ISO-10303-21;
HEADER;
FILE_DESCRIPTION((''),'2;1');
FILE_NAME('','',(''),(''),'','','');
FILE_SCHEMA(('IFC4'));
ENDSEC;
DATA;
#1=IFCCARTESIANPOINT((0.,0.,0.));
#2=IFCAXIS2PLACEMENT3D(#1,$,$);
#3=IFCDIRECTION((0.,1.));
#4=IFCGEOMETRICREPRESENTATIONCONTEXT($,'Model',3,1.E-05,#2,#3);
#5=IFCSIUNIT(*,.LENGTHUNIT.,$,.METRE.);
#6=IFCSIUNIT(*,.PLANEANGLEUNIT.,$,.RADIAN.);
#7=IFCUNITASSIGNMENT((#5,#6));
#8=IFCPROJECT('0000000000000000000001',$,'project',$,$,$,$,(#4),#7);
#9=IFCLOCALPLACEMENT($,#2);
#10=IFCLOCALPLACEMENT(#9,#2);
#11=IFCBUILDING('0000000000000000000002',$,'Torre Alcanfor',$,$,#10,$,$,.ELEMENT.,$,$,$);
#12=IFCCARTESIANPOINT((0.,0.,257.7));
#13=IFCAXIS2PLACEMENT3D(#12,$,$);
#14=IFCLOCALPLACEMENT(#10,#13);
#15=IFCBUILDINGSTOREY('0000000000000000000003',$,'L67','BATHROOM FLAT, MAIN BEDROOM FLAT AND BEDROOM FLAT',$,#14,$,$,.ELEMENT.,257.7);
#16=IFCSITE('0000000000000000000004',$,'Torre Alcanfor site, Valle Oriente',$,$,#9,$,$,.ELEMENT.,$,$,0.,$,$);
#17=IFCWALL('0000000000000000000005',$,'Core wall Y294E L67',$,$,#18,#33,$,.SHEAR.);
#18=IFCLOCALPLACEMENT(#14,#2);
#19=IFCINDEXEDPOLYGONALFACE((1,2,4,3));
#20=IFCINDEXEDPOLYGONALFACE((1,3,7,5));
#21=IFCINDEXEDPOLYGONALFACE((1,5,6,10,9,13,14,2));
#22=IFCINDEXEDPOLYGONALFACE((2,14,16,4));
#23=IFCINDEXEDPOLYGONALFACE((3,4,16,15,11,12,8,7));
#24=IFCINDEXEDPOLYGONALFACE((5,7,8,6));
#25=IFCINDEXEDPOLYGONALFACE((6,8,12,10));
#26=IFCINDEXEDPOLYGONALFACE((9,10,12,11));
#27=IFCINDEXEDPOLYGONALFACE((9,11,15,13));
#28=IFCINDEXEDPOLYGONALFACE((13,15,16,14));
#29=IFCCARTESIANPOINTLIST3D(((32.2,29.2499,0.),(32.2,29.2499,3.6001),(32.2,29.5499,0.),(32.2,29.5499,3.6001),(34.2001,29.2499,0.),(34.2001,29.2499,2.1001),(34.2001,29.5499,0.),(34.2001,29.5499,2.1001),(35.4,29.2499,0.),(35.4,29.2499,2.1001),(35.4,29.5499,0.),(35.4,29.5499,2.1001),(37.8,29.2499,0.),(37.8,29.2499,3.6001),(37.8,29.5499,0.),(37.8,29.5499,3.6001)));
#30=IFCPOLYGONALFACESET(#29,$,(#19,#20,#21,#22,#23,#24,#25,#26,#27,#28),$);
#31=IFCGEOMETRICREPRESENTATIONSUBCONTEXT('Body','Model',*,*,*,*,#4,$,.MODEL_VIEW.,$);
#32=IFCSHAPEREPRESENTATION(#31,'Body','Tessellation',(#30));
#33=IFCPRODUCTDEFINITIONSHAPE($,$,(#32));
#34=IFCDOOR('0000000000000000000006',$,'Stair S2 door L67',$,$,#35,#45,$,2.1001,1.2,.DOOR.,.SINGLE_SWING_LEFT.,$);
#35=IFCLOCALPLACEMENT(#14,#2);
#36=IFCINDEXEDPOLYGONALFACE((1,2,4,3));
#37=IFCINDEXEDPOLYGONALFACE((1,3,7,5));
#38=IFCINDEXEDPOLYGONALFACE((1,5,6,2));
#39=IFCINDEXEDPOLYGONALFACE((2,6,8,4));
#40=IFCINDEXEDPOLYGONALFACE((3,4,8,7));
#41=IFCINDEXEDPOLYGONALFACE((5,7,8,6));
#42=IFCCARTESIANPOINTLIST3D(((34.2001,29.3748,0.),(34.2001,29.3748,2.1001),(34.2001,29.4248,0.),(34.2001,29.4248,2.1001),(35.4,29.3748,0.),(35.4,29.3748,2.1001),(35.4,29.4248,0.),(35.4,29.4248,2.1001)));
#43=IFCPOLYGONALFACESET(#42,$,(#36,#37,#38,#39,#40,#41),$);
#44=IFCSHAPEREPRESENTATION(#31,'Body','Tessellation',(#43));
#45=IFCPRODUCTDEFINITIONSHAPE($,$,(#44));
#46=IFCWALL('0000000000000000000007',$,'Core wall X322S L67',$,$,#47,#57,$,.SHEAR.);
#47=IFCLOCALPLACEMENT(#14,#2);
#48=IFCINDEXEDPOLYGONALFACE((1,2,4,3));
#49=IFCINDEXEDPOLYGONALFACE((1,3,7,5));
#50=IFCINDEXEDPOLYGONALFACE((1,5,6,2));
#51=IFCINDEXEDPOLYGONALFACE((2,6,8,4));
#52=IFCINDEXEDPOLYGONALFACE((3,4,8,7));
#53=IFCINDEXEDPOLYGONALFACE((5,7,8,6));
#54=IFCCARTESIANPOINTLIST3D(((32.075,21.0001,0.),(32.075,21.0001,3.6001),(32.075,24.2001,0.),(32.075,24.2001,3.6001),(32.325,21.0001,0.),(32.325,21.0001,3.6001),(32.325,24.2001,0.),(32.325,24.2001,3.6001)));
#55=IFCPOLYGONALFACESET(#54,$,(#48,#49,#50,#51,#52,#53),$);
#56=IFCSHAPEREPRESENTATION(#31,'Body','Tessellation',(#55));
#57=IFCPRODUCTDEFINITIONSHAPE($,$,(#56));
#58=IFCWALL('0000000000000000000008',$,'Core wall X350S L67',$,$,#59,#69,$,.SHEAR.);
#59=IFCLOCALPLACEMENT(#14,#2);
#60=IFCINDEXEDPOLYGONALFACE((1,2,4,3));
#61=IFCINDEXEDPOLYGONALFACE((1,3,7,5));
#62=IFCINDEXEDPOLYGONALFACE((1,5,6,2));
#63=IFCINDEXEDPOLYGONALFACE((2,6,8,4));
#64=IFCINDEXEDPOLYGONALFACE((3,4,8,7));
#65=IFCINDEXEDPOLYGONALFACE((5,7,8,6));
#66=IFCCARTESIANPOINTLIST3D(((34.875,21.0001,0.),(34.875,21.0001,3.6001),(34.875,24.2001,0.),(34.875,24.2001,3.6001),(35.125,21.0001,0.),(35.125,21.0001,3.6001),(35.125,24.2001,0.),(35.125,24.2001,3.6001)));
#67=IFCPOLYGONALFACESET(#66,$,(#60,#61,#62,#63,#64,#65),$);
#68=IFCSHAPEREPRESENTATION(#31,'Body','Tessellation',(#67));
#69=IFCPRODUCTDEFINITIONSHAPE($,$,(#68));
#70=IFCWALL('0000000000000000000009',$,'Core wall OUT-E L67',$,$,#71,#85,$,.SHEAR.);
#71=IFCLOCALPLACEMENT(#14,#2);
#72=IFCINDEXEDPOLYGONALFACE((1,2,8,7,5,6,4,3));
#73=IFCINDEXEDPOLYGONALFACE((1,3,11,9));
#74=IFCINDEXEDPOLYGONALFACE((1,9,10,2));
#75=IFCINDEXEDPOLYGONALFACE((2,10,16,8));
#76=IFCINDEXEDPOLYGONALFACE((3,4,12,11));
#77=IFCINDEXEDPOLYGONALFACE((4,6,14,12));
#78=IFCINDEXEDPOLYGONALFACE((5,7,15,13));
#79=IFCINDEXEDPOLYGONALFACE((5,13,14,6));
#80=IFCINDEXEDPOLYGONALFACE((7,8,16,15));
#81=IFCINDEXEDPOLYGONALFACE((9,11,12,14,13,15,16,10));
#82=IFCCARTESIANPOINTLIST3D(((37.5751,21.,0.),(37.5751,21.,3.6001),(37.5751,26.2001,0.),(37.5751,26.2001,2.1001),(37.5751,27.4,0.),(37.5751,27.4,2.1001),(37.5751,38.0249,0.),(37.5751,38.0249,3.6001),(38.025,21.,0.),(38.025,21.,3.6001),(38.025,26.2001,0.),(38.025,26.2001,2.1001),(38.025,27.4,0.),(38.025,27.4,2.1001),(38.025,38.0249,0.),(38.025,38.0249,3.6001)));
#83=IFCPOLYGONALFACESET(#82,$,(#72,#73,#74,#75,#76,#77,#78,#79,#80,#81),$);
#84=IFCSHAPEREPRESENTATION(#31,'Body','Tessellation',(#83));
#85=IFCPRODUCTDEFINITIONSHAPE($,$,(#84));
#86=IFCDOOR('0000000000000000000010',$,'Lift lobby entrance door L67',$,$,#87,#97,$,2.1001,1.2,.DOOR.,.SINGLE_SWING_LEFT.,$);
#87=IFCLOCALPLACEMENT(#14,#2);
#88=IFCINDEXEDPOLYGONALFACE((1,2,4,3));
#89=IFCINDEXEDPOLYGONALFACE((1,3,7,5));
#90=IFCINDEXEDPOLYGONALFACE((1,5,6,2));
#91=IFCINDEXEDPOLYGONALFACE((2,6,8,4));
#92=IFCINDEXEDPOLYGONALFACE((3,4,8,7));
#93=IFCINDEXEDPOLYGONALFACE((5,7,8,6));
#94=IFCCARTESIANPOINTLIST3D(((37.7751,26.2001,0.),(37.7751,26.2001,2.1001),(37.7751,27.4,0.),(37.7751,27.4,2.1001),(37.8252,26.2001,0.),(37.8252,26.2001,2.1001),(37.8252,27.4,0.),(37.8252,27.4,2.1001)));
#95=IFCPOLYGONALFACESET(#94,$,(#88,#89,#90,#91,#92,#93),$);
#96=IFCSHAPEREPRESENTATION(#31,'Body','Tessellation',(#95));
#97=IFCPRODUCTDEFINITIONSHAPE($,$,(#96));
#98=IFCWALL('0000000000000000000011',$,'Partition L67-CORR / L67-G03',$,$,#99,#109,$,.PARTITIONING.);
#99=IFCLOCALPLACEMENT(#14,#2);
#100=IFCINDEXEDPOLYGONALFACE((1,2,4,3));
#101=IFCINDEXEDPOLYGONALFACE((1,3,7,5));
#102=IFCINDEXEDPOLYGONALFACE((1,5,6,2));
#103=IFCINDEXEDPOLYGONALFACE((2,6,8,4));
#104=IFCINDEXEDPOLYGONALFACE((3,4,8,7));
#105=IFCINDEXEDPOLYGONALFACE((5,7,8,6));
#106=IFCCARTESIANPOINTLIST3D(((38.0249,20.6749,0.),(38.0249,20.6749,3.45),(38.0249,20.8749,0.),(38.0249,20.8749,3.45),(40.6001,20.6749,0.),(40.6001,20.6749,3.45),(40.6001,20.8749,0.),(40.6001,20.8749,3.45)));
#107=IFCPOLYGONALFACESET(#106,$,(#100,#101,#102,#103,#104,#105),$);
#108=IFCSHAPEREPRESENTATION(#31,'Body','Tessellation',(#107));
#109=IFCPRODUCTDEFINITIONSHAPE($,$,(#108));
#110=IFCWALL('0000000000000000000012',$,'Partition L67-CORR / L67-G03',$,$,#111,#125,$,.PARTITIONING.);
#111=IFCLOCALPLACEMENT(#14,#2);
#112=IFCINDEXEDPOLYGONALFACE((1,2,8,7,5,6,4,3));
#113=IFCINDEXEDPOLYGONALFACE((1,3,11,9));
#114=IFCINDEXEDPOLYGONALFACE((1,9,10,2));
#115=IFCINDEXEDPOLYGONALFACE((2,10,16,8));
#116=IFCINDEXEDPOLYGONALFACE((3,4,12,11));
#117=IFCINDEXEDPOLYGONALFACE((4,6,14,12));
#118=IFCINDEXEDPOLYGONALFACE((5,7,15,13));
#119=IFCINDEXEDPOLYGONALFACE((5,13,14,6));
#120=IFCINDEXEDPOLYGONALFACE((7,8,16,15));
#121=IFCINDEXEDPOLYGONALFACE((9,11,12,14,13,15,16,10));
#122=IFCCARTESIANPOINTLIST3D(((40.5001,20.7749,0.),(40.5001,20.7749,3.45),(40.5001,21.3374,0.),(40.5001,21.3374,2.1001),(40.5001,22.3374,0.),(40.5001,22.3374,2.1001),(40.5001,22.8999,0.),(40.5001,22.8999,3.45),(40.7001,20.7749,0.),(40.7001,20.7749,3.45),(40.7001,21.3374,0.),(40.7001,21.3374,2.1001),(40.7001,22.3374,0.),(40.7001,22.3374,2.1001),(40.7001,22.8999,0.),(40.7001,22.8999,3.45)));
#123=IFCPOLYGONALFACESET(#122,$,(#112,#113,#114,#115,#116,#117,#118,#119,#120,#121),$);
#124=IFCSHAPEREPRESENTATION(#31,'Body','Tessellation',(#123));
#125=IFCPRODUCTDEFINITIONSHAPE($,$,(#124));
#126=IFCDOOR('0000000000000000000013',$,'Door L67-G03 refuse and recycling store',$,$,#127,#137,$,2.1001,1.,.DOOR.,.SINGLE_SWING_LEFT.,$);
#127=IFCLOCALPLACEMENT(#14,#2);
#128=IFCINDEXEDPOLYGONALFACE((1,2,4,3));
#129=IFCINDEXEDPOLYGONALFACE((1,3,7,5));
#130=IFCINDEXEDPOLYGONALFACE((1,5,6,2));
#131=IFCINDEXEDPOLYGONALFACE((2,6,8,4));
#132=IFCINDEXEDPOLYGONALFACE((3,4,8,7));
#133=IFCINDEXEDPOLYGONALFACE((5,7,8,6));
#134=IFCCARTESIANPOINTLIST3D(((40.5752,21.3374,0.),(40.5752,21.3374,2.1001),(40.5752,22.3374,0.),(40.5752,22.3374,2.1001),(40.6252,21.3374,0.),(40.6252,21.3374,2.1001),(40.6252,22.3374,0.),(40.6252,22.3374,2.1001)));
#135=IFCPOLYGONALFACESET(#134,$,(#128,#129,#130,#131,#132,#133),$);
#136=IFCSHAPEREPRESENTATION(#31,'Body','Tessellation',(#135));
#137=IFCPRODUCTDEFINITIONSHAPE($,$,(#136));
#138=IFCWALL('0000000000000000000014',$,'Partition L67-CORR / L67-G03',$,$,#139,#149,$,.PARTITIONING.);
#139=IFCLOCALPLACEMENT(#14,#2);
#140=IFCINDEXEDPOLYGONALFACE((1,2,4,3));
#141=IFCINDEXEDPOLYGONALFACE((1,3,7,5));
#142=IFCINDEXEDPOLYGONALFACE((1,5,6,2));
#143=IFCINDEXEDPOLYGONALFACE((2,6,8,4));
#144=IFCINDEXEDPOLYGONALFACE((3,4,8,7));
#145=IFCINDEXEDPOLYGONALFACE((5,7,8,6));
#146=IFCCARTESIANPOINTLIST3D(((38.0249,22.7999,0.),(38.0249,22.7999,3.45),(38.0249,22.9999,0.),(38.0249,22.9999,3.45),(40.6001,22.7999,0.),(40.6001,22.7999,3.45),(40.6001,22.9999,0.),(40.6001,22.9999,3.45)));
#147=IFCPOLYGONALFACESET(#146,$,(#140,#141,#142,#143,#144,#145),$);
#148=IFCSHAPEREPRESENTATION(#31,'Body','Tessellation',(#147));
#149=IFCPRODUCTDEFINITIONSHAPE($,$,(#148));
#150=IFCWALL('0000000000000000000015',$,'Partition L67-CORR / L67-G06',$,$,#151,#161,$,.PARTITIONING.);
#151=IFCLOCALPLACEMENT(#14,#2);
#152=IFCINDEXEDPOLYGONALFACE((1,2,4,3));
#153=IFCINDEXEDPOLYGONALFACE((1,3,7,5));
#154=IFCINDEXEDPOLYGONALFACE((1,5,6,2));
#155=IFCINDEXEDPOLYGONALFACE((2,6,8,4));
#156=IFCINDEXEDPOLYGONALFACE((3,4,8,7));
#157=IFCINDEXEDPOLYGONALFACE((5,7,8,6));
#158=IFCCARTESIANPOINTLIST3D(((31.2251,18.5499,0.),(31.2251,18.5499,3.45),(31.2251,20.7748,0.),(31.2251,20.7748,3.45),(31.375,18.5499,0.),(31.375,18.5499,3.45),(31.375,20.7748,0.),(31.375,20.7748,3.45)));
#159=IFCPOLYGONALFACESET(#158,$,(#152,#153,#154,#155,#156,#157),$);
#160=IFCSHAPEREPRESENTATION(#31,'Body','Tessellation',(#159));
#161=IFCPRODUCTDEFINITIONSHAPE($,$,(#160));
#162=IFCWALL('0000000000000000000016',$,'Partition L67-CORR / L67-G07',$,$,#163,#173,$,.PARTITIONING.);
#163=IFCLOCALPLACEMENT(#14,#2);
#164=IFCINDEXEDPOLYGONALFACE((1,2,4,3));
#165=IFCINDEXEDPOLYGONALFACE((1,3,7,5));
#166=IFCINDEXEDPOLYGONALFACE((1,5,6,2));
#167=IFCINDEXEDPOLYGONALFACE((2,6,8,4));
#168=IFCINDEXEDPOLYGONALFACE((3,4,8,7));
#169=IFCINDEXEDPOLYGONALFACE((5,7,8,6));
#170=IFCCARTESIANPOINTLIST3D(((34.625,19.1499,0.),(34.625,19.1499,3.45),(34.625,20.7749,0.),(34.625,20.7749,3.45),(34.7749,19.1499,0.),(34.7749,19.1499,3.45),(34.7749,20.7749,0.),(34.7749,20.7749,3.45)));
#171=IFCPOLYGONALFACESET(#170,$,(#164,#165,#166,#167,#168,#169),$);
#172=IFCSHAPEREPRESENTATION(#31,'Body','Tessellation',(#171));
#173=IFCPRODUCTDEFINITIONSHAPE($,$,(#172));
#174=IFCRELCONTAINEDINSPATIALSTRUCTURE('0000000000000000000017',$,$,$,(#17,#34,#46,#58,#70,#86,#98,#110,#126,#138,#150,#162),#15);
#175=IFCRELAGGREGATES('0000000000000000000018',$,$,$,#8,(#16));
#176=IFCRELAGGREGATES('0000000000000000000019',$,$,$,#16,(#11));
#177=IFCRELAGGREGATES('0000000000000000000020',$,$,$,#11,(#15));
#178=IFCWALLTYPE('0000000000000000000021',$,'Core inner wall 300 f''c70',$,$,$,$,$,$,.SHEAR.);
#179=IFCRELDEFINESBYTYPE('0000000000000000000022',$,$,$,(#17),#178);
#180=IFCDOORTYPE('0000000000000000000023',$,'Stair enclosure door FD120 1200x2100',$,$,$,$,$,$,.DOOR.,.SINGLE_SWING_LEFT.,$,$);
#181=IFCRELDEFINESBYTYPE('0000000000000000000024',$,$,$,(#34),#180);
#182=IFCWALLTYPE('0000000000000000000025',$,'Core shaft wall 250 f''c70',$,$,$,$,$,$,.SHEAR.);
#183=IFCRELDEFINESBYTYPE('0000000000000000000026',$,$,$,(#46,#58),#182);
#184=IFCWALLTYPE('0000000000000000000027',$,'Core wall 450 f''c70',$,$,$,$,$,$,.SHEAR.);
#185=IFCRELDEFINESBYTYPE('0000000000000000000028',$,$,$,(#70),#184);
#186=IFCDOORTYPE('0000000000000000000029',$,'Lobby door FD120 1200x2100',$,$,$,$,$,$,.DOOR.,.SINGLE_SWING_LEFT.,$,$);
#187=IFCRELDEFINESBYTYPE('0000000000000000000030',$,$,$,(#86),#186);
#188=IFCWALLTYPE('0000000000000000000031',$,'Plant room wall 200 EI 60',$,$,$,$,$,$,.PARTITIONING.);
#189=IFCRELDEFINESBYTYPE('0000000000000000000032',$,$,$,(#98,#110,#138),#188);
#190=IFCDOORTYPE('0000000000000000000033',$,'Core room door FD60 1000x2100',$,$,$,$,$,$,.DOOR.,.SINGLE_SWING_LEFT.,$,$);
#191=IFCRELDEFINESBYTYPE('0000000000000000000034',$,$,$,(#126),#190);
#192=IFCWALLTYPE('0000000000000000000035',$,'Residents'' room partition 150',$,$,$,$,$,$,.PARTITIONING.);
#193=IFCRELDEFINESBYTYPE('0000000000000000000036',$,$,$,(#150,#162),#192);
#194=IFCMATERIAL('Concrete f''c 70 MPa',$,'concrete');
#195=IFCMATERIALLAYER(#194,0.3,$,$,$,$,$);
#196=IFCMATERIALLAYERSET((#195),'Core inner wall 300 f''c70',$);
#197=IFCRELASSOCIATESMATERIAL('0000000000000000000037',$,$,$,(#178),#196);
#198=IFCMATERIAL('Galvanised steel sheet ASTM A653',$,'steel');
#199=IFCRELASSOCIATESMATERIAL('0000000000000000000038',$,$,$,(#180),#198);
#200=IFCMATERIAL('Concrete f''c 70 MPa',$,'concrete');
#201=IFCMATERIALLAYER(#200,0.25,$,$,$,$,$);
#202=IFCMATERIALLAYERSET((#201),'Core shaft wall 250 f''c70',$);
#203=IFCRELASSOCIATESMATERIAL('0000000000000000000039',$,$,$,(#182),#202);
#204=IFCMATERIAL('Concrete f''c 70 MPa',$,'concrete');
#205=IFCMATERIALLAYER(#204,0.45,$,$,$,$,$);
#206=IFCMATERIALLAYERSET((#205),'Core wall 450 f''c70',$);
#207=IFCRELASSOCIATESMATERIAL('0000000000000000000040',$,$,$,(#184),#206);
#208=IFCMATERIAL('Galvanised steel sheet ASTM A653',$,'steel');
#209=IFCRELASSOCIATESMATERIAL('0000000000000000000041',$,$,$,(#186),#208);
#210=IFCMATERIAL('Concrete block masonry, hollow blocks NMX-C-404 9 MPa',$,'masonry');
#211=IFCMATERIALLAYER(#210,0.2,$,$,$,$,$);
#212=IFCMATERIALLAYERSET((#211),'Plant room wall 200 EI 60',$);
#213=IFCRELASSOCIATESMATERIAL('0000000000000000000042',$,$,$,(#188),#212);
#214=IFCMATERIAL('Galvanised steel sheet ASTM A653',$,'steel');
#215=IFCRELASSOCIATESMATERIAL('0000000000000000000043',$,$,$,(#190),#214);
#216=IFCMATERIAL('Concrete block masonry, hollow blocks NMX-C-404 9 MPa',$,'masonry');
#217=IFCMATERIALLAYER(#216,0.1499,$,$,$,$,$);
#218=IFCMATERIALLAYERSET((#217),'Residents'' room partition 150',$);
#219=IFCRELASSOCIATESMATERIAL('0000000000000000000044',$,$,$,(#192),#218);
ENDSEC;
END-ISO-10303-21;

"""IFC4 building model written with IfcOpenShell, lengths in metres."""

from ifc_helpers import new_model, si_unit, direction, frame, frame_2d, origin, place, context, subcontext, project, spatial, rectangle, extrude, material, layer, layer_set, type_object, element, fill, save


model = new_model("IFC4")

# Units and contexts
model_context = context("Model", 3, precision=1e-05, world=origin(), true_north=direction((0.0, 1.0)))
body_context = subcontext(model_context, "Body", "Model", "MODEL_VIEW")
ifc_project = project(units=[si_unit("LENGTHUNIT", "METRE"), si_unit("PLANEANGLEUNIT", "RADIAN")], contexts=[model_context])

# Site, building, storey
site_placement = place(None, origin())
site = spatial("IfcSite", under=ifc_project, at=site_placement, Name="Torre Alcanfor site, Valle Oriente", CompositionType="ELEMENT", RefElevation=0.0)
building_placement = place(site_placement, origin())
building = spatial("IfcBuilding", under=site, at=building_placement, Name="Torre Alcanfor", CompositionType="ELEMENT")
storey_placement = place(building_placement, frame((0.0, 0.0, 257.7)))
storey = spatial("IfcBuildingStorey", under=building, at=storey_placement, Name="L67", Description="BATHROOM FLAT, MAIN BEDROOM FLAT AND BEDROOM FLAT", CompositionType="ELEMENT", Elevation=257.7)

# Shared definitions
ifc_material_1 = material(Name="Concrete f'c 70 MPa", Category="concrete")
ifc_layer_1 = layer(ifc_material_1, 0.3)
ifc_layer_set_1 = layer_set([ifc_layer_1], Name="Core inner wall 300 f'c70")
wall_type_1 = type_object("IfcWallType", Name="Core inner wall 300 f'c70", PredefinedType="SHEAR", material=ifc_layer_set_1)

# Wall, opening, door
wall_1_placement = place(storey_placement, frame((32.2, 29.3999, 0.0), z_axis=(0.0, 0.0, 1.0), x_axis=(1.0, 0.0, 0.0)))
wall_1 = element("IfcWall", 1, at=wall_1_placement, inside=storey, type_object=wall_type_1, Name="Core wall Y294E L67", PredefinedType="SHEAR", context=body_context, shape_type="SweptSolid", body=[
    extrude(rectangle(XDim=5.6001, YDim=0.3, at=frame_2d((2.8, 0.0))), origin(), (0.0, 0.0, 1.0), 3.6001),
])
opening_1_placement = place(wall_1_placement, frame((2.0, 0.0, 0.0)))
opening_1 = element("IfcOpeningElement", 2, at=opening_1_placement, cuts=wall_1, PredefinedType="OPENING", context=body_context, shape_type="SweptSolid", body=[
    extrude(rectangle(XDim=1.2, YDim=2.1001, at=frame_2d((0.6001, 1.05))), frame((0.0, 0.1599, 0.0), z_axis=(0.0, -1.0, 0.0), x_axis=(1.0, 0.0, 0.0)), (0.0, 0.0, 1.0), 0.3201),
])
ifc_material_2 = material(Name="Galvanised steel sheet ASTM A653", Category="steel")
door_type_1 = type_object("IfcDoorType", Name="Stair enclosure door FD120 1200x2100", OperationType="SINGLE_SWING_LEFT", PredefinedType="DOOR", material=ifc_material_2)
door_1_placement = place(opening_1_placement, origin())
door_1 = element("IfcDoor", 3, at=door_1_placement, inside=storey, type_object=door_type_1, Name="Stair S2 door L67", OperationType="SINGLE_SWING_LEFT", OverallHeight=2.1001, OverallWidth=1.2, PredefinedType="DOOR", context=body_context, shape_type="SweptSolid", body=[
    extrude(rectangle(XDim=1.2, YDim=2.1001, at=frame_2d((0.6001, 1.05))), frame((0.0, 0.0249, 0.0), z_axis=(0.0, -1.0, 0.0), x_axis=(1.0, 0.0, 0.0)), (0.0, 0.0, 1.0), 0.05),
])
fill(opening_1, door_1)

# Walls
ifc_material_3 = material(Name="Concrete f'c 70 MPa", Category="concrete")
ifc_layer_2 = layer(ifc_material_3, 0.25)
ifc_layer_set_2 = layer_set([ifc_layer_2], Name="Core shaft wall 250 f'c70")
wall_type_2 = type_object("IfcWallType", Name="Core shaft wall 250 f'c70", PredefinedType="SHEAR", material=ifc_layer_set_2)
for number, where, z_axis, x_axis, name in (
    (4, (32.2, 21.0, 0.0), (0.0, 0.0, 1.0), (0.0, 1.0, 0.0), "Core wall X322S L67"),
    (5, (35.0, 21.0, 0.0), (0.0, 0.0, 1.0), (0.0, 1.0, 0.0), "Core wall X350S L67"),
):
    element("IfcWall", number, at=place(storey_placement, frame(where, z_axis=z_axis, x_axis=x_axis)), inside=storey, type_object=wall_type_2, Name=name, PredefinedType="SHEAR", context=body_context, shape_type="SweptSolid", body=[
        extrude(rectangle(XDim=3.2, YDim=0.25, at=frame_2d((1.6001, 0.0))), origin(), (0.0, 0.0, 1.0), 3.6001),
    ])

# Wall, opening, door
ifc_material_4 = material(Name="Concrete f'c 70 MPa", Category="concrete")
ifc_layer_3 = layer(ifc_material_4, 0.45)
ifc_layer_set_3 = layer_set([ifc_layer_3], Name="Core wall 450 f'c70")
wall_type_3 = type_object("IfcWallType", Name="Core wall 450 f'c70", PredefinedType="SHEAR", material=ifc_layer_set_3)
wall_2_placement = place(storey_placement, frame((37.8, 21.0, 0.0), z_axis=(0.0, 0.0, 1.0), x_axis=(0.0, 1.0, 0.0)))
wall_2 = element("IfcWall", 6, at=wall_2_placement, inside=storey, type_object=wall_type_3, Name="Core wall OUT-E L67", PredefinedType="SHEAR", context=body_context, shape_type="SweptSolid", body=[
    extrude(rectangle(XDim=17.0249, YDim=0.45, at=frame_2d((8.5125, 0.0))), origin(), (0.0, 0.0, 1.0), 3.6001),
])
opening_2_placement = place(wall_2_placement, frame((5.2, 0.0, 0.0)))
opening_2 = element("IfcOpeningElement", 7, at=opening_2_placement, cuts=wall_2, PredefinedType="OPENING", context=body_context, shape_type="SweptSolid", body=[
    extrude(rectangle(XDim=1.2, YDim=2.1001, at=frame_2d((0.6001, 1.05))), frame((0.0, 0.2349, 0.0), z_axis=(0.0, -1.0, 0.0), x_axis=(1.0, 0.0, 0.0)), (0.0, 0.0, 1.0), 0.47),
])
ifc_material_5 = material(Name="Galvanised steel sheet ASTM A653", Category="steel")
door_type_2 = type_object("IfcDoorType", Name="Lobby door FD120 1200x2100", OperationType="SINGLE_SWING_LEFT", PredefinedType="DOOR", material=ifc_material_5)
door_2_placement = place(opening_2_placement, origin())
door_2 = element("IfcDoor", 8, at=door_2_placement, inside=storey, type_object=door_type_2, Name="Lift lobby entrance door L67", OperationType="SINGLE_SWING_LEFT", OverallHeight=2.1001, OverallWidth=1.2, PredefinedType="DOOR", context=body_context, shape_type="SweptSolid", body=[
    extrude(rectangle(XDim=1.2, YDim=2.1001, at=frame_2d((0.6001, 1.05))), frame((0.0, 0.0249, 0.0), z_axis=(0.0, -1.0, 0.0), x_axis=(1.0, 0.0, 0.0)), (0.0, 0.0, 1.0), 0.05),
])
fill(opening_2, door_2)

# Wall
ifc_material_6 = material(Name="Concrete block masonry, hollow blocks NMX-C-404 9 MPa", Category="masonry")
ifc_layer_4 = layer(ifc_material_6, 0.2)
ifc_layer_set_4 = layer_set([ifc_layer_4], Name="Plant room wall 200 EI 60")
wall_type_4 = type_object("IfcWallType", Name="Plant room wall 200 EI 60", PredefinedType="PARTITIONING", material=ifc_layer_set_4)
wall_3_placement = place(storey_placement, frame((38.0249, 20.7749, 0.0), z_axis=(0.0, 0.0, 1.0), x_axis=(1.0, 0.0, 0.0)))
element("IfcWall", 9, at=wall_3_placement, inside=storey, type_object=wall_type_4, Name="Partition L67-CORR / L67-G03", PredefinedType="PARTITIONING", context=body_context, shape_type="SweptSolid", body=[
    extrude(rectangle(XDim=2.5752, YDim=0.2, at=frame_2d((1.2876, 0.0))), origin(), (0.0, 0.0, 1.0), 3.45),
])

# Wall, opening, door
wall_4_placement = place(storey_placement, frame((40.6001, 20.7749, 0.0), z_axis=(0.0, 0.0, 1.0), x_axis=(0.0, 1.0, 0.0)))
wall_4 = element("IfcWall", 10, at=wall_4_placement, inside=storey, type_object=wall_type_4, Name="Partition L67-CORR / L67-G03", PredefinedType="PARTITIONING", context=body_context, shape_type="SweptSolid", body=[
    extrude(rectangle(XDim=2.125, YDim=0.2, at=frame_2d((1.0625, 0.0))), origin(), (0.0, 0.0, 1.0), 3.45),
])
opening_3_placement = place(wall_4_placement, frame((0.5625, 0.0, 0.0)))
opening_3 = element("IfcOpeningElement", 11, at=opening_3_placement, cuts=wall_4, PredefinedType="OPENING", context=body_context, shape_type="SweptSolid", body=[
    extrude(rectangle(XDim=1.0, YDim=2.1001, at=frame_2d((0.5, 1.05))), frame((0.0, 0.1099, 0.0), z_axis=(0.0, -1.0, 0.0), x_axis=(1.0, 0.0, 0.0)), (0.0, 0.0, 1.0), 0.22),
])
ifc_material_7 = material(Name="Galvanised steel sheet ASTM A653", Category="steel")
door_type_3 = type_object("IfcDoorType", Name="Core room door FD60 1000x2100", OperationType="SINGLE_SWING_LEFT", PredefinedType="DOOR", material=ifc_material_7)
door_3_placement = place(opening_3_placement, origin())
door_3 = element("IfcDoor", 12, at=door_3_placement, inside=storey, type_object=door_type_3, Name="Door L67-G03 refuse and recycling store", OperationType="SINGLE_SWING_LEFT", OverallHeight=2.1001, OverallWidth=1.0, PredefinedType="DOOR", context=body_context, shape_type="SweptSolid", body=[
    extrude(rectangle(XDim=1.0, YDim=2.1001, at=frame_2d((0.5, 1.05))), frame((0.0, 0.0249, 0.0), z_axis=(0.0, -1.0, 0.0), x_axis=(1.0, 0.0, 0.0)), (0.0, 0.0, 1.0), 0.05),
])
fill(opening_3, door_3)

# Walls
wall_5_placement = place(storey_placement, frame((40.6001, 22.8999, 0.0), z_axis=(0.0, 0.0, 1.0), x_axis=(-1.0, 0.0, 0.0)))
element("IfcWall", 13, at=wall_5_placement, inside=storey, type_object=wall_type_4, Name="Partition L67-CORR / L67-G03", PredefinedType="PARTITIONING", context=body_context, shape_type="SweptSolid", body=[
    extrude(rectangle(XDim=2.5752, YDim=0.2, at=frame_2d((1.2876, 0.0))), origin(), (0.0, 0.0, 1.0), 3.45),
])
ifc_material_8 = material(Name="Concrete block masonry, hollow blocks NMX-C-404 9 MPa", Category="masonry")
ifc_layer_5 = layer(ifc_material_8, 0.1499)
ifc_layer_set_5 = layer_set([ifc_layer_5], Name="Residents' room partition 150")
wall_type_5 = type_object("IfcWallType", Name="Residents' room partition 150", PredefinedType="PARTITIONING", material=ifc_layer_set_5)
wall_6_placement = place(storey_placement, frame((31.3, 18.55, 0.0), z_axis=(0.0, 0.0, 1.0), x_axis=(0.0, 1.0, 0.0)))
element("IfcWall", 14, at=wall_6_placement, inside=storey, type_object=wall_type_5, Name="Partition L67-CORR / L67-G06", PredefinedType="PARTITIONING", context=body_context, shape_type="SweptSolid", body=[
    extrude(rectangle(XDim=2.2249, YDim=0.1499, at=frame_2d((1.1123, 0.0))), origin(), (0.0, 0.0, 1.0), 3.45),
])
wall_7_placement = place(storey_placement, frame((34.7, 20.7749, 0.0), z_axis=(0.0, 0.0, 1.0), x_axis=(0.0, -1.0, 0.0)))
element("IfcWall", 15, at=wall_7_placement, inside=storey, type_object=wall_type_5, Name="Partition L67-CORR / L67-G07", PredefinedType="PARTITIONING", context=body_context, shape_type="SweptSolid", body=[
    extrude(rectangle(XDim=1.625, YDim=0.1499, at=frame_2d((0.8125, 0.0))), origin(), (0.0, 0.0, 1.0), 3.45),
])

save(model, "model.ifc")
